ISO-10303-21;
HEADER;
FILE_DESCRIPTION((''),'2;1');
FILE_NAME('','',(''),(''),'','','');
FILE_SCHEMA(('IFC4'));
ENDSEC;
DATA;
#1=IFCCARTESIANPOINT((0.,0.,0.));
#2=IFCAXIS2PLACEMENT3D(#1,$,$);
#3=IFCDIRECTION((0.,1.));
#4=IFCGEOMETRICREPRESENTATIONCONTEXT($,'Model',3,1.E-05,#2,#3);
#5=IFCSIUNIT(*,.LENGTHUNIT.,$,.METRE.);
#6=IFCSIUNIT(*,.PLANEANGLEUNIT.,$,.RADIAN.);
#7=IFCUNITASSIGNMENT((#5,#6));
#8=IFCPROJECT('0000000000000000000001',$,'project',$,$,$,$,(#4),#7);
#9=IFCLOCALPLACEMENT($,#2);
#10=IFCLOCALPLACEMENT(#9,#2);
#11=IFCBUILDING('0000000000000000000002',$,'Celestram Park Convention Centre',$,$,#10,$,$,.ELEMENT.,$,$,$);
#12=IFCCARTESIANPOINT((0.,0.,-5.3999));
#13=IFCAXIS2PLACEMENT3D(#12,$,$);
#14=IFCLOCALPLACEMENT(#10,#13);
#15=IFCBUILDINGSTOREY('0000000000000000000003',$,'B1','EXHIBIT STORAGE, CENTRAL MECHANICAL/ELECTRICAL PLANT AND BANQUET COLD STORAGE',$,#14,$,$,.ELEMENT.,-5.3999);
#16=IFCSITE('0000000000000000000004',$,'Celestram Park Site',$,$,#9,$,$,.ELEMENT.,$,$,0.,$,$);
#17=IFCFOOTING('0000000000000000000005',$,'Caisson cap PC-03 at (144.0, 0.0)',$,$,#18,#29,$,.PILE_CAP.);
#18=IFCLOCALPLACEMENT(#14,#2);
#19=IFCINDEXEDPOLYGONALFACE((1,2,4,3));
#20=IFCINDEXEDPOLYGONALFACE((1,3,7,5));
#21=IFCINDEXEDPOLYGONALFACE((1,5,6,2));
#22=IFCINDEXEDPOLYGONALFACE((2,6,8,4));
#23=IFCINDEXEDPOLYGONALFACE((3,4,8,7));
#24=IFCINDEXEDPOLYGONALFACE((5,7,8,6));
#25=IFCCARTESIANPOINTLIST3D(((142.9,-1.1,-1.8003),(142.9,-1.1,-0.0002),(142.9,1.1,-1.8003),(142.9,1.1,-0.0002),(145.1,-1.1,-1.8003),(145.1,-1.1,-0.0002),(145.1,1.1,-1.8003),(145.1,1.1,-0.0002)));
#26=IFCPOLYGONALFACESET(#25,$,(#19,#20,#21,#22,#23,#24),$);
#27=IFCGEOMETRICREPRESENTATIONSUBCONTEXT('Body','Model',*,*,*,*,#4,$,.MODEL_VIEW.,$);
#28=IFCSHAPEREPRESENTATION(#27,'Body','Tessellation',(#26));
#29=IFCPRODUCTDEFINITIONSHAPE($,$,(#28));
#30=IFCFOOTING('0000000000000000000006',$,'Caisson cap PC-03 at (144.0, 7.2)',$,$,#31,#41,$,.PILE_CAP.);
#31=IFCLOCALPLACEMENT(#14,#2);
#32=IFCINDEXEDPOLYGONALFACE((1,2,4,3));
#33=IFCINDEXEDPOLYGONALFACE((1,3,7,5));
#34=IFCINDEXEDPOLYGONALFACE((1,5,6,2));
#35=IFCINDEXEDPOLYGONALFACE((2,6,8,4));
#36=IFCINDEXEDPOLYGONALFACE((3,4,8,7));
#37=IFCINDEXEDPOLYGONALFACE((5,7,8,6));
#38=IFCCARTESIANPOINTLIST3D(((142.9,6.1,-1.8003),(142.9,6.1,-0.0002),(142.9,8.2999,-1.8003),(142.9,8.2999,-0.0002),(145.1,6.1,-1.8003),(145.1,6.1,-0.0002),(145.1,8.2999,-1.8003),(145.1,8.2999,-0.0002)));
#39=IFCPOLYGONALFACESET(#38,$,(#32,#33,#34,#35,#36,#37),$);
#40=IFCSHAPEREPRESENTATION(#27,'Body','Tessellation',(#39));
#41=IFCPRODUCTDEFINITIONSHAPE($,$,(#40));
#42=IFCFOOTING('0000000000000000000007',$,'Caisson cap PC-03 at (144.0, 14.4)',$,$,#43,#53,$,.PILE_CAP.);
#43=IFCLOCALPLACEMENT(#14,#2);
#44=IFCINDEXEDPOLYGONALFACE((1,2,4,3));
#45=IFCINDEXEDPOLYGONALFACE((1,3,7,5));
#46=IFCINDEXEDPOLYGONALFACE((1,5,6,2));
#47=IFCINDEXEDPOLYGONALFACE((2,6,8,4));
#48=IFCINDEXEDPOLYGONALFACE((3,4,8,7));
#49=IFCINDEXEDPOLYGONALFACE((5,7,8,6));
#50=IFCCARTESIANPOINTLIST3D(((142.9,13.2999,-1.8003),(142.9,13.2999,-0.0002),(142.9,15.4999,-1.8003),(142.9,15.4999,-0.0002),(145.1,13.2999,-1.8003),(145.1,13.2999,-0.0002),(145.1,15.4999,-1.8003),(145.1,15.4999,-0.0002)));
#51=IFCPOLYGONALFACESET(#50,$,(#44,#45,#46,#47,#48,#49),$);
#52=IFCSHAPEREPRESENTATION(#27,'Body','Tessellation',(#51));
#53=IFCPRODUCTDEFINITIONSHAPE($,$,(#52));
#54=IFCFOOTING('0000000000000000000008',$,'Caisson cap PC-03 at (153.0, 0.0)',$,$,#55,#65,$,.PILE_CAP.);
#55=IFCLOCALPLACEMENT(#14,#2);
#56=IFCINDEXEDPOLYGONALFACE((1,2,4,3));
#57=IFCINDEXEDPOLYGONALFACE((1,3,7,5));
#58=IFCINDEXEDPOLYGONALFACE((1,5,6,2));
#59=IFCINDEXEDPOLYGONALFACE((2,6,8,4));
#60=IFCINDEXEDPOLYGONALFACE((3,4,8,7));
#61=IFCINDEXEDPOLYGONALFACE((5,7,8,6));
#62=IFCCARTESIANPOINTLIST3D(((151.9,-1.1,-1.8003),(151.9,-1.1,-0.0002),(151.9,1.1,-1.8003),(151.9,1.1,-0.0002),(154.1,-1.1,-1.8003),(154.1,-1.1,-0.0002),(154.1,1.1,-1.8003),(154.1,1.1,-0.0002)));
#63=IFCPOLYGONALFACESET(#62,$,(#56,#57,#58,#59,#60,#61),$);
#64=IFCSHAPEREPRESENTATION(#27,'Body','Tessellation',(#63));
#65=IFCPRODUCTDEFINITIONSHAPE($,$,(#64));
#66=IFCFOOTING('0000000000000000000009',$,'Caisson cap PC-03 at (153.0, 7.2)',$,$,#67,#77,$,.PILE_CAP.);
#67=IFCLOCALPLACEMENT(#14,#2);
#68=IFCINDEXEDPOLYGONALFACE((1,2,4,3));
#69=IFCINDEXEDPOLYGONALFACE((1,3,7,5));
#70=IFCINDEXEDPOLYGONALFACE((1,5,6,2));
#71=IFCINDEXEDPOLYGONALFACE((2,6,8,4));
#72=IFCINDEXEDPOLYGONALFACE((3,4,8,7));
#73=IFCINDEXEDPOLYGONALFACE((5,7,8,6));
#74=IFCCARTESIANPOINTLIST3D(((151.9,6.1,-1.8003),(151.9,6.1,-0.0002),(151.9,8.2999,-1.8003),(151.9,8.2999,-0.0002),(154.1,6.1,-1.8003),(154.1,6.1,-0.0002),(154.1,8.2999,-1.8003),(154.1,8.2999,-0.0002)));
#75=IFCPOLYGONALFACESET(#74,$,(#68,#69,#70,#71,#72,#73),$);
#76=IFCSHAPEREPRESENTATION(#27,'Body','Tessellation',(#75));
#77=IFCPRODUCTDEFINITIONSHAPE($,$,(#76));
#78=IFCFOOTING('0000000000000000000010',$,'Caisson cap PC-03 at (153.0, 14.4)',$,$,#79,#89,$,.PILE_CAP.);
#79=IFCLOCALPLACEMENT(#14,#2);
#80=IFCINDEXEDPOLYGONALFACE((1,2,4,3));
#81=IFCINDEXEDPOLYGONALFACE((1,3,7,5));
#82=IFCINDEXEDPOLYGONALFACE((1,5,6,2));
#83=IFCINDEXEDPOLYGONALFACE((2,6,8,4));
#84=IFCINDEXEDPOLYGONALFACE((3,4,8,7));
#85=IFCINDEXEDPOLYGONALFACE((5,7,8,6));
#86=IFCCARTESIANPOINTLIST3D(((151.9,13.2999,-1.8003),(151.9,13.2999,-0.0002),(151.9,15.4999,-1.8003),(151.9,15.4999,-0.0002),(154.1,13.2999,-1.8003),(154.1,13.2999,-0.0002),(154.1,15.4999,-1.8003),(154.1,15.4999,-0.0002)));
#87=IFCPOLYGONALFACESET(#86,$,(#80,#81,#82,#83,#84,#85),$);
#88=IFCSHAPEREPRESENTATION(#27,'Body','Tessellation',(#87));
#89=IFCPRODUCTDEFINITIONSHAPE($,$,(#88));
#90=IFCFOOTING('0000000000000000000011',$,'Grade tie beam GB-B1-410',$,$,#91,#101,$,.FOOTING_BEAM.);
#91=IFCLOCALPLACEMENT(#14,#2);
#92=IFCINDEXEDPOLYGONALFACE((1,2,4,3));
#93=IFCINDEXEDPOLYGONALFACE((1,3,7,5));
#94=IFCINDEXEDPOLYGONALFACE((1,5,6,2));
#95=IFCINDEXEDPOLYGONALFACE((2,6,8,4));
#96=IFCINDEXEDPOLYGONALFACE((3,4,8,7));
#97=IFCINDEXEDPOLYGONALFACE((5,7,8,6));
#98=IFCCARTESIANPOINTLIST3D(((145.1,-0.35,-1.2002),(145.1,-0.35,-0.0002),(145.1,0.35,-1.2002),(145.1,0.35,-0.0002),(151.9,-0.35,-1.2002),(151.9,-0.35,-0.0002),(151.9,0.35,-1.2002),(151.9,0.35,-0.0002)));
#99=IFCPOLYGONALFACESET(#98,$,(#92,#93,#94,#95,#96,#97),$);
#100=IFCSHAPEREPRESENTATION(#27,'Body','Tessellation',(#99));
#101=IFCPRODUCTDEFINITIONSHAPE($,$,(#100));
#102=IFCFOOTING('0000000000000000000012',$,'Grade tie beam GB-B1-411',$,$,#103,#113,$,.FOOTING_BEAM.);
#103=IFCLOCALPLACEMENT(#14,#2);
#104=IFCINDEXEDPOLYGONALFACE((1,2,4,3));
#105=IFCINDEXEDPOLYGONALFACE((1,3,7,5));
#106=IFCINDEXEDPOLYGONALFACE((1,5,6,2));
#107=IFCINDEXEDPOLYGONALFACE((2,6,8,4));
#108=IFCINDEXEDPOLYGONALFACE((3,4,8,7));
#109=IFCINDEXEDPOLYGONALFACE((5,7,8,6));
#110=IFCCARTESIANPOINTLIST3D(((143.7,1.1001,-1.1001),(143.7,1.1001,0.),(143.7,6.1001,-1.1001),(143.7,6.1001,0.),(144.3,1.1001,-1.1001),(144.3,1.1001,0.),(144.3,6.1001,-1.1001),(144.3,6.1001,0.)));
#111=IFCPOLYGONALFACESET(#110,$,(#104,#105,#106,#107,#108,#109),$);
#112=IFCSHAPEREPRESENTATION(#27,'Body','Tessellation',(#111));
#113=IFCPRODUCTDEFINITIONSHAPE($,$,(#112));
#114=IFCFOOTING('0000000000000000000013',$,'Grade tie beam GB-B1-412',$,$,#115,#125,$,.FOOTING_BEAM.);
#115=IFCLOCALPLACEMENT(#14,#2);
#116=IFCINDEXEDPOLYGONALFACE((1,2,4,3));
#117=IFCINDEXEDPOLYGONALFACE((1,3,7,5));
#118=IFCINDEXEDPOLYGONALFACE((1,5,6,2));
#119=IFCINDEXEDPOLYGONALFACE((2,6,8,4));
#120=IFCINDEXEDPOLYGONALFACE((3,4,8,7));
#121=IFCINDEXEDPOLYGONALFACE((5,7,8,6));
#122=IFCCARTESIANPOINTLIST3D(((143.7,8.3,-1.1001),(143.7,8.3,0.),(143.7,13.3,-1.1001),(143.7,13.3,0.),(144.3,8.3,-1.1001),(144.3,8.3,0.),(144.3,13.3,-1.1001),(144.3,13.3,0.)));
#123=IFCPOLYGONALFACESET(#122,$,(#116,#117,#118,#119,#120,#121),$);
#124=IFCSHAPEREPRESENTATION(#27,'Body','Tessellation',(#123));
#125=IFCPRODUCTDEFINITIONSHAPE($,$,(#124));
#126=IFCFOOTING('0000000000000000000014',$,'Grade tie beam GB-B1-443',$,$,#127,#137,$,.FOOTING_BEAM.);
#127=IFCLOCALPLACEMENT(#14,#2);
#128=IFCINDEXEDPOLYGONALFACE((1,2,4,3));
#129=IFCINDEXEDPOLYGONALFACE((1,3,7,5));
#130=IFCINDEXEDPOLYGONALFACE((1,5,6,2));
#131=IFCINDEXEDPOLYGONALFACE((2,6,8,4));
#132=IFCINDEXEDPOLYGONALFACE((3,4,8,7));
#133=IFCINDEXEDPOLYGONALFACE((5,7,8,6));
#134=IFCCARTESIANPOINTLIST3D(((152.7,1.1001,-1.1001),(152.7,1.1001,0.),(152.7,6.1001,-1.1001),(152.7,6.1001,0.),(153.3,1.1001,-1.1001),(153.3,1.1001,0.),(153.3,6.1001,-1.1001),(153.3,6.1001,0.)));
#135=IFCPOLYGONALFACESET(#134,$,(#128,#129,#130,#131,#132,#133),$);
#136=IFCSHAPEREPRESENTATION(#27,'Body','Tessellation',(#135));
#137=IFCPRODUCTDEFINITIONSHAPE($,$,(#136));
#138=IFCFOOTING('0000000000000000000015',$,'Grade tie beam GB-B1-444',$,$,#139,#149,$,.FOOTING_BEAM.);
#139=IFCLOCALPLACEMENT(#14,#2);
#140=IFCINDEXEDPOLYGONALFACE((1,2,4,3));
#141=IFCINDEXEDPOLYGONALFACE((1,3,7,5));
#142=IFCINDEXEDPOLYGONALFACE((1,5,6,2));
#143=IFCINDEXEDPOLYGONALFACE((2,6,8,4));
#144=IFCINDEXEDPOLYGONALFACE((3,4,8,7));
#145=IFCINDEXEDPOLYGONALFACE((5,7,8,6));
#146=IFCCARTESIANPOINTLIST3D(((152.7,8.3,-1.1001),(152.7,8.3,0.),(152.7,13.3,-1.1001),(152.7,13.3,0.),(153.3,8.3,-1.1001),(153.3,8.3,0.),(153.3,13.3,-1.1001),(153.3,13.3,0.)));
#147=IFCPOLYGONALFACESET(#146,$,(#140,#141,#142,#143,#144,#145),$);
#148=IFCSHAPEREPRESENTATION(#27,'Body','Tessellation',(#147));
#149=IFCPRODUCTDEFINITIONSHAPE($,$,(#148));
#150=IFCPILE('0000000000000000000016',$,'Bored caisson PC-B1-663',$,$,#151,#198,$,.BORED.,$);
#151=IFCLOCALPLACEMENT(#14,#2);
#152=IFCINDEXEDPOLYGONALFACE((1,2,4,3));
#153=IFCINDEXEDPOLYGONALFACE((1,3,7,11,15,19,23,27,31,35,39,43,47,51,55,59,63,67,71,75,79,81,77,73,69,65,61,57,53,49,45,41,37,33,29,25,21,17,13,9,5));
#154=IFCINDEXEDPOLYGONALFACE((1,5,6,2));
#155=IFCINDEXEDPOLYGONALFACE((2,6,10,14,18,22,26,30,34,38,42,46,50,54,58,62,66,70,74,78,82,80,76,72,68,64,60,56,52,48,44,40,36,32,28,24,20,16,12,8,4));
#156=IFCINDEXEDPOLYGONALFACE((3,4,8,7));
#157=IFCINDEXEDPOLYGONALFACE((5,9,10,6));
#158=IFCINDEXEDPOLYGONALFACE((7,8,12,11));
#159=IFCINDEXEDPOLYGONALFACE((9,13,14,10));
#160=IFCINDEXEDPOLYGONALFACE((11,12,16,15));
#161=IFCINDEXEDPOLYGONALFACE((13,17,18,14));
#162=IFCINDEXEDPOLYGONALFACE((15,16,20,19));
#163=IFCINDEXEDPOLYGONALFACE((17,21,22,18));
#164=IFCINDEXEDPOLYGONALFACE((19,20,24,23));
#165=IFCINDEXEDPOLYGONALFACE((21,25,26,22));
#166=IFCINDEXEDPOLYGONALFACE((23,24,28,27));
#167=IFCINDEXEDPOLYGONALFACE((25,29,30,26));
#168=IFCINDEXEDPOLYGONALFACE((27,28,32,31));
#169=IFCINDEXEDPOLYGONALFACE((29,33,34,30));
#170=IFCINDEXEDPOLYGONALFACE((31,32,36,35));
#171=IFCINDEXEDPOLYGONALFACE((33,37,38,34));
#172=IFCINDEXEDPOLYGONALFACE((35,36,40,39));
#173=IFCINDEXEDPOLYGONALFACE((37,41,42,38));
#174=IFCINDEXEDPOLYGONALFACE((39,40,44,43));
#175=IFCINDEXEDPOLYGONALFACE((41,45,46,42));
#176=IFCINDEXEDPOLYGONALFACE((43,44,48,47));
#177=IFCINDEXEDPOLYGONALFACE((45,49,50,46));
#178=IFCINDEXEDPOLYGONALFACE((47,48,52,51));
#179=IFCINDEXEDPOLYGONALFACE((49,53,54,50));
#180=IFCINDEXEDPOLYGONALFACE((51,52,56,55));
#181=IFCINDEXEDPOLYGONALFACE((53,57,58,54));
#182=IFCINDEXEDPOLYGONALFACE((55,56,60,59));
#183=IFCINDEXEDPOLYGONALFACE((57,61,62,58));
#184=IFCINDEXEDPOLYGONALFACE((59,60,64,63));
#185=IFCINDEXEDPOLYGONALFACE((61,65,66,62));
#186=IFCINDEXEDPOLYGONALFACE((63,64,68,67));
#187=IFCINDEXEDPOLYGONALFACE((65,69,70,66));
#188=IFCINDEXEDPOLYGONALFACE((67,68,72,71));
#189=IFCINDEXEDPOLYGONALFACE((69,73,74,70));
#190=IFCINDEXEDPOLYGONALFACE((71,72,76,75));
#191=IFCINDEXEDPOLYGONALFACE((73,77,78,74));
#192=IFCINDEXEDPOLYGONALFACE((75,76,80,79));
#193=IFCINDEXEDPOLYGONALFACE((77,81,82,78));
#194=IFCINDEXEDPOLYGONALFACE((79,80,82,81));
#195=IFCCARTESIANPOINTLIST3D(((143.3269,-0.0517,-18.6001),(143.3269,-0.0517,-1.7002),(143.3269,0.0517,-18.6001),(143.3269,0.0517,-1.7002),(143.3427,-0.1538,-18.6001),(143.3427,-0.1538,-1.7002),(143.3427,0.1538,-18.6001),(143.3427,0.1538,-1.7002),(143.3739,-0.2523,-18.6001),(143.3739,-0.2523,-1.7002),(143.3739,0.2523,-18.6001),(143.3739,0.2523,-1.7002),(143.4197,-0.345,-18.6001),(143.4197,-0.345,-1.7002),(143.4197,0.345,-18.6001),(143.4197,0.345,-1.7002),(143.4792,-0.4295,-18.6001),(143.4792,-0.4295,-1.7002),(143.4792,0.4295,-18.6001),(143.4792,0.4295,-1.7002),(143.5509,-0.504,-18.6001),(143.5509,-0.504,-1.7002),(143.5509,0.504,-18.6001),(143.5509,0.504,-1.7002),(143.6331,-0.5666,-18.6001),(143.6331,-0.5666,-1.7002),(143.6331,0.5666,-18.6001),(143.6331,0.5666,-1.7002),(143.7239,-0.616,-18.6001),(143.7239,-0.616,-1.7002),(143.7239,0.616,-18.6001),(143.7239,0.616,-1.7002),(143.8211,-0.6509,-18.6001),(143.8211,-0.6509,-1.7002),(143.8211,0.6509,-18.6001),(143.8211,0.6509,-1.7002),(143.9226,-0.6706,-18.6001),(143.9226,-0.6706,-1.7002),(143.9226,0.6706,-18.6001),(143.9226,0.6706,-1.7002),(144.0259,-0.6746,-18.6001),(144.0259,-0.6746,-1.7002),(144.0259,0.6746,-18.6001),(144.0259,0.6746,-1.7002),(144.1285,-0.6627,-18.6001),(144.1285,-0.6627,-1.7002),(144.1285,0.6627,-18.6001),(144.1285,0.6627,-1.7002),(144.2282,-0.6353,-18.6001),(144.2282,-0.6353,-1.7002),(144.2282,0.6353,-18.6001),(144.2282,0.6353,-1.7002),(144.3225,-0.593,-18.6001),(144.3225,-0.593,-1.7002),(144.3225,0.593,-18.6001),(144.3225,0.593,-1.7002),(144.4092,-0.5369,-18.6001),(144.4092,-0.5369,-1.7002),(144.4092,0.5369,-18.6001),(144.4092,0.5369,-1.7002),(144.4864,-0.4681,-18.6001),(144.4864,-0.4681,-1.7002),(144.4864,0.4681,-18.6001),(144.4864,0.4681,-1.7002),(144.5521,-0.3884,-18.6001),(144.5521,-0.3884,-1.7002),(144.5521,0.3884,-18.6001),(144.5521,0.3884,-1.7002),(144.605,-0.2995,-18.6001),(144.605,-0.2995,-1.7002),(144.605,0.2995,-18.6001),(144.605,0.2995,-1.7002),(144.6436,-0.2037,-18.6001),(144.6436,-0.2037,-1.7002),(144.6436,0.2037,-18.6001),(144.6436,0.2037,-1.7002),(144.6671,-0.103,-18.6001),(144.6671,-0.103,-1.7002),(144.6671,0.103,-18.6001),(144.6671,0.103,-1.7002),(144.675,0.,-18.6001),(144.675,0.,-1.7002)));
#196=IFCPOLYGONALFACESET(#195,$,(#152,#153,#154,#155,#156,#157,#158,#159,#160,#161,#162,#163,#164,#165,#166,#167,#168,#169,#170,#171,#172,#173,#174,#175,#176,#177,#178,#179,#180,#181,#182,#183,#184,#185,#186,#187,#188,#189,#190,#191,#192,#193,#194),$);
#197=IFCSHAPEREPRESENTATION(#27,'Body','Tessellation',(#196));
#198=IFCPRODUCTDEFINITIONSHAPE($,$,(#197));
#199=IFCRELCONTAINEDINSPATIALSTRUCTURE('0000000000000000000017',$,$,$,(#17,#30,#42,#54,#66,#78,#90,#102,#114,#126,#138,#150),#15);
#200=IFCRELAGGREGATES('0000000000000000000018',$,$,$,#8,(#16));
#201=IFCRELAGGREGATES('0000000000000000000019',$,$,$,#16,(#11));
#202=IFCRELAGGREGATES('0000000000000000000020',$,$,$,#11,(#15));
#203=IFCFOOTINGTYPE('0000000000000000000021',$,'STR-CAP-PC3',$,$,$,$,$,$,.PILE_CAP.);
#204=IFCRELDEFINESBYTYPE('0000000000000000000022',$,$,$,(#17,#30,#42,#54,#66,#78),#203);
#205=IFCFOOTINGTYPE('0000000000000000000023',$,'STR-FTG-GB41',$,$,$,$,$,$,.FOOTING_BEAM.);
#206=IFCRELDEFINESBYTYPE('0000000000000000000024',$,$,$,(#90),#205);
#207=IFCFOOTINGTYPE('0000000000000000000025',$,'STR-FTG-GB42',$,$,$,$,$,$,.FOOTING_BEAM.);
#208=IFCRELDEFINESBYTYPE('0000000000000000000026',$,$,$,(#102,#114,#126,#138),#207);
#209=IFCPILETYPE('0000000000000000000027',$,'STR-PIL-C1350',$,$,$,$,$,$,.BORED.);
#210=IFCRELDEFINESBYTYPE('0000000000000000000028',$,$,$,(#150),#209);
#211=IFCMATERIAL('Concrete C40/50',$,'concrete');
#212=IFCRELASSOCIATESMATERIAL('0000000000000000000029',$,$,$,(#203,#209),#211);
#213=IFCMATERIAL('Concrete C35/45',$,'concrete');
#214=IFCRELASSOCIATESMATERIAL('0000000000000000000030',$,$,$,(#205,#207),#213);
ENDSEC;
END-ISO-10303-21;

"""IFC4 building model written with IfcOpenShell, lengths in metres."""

from ifc_helpers import new_model, si_unit, direction, frame, origin, origin_2d, place, context, subcontext, project, spatial, rectangle, circle, extrude, material, material_profile, profile_set, type_object, element, save


model = new_model("IFC4")

# Units and contexts
model_context = context("Model", 3, precision=1e-05, world=origin(), true_north=direction((0.0, 1.0)))
body_context = subcontext(model_context, "Body", "Model", "MODEL_VIEW")
ifc_project = project(units=[si_unit("LENGTHUNIT", "METRE"), si_unit("PLANEANGLEUNIT", "RADIAN")], contexts=[model_context])

# Site, building, storey
site_placement = place(None, origin())
site = spatial("IfcSite", under=ifc_project, at=site_placement, Name="Celestram Park Site", CompositionType="ELEMENT", RefElevation=0.0)
building_placement = place(site_placement, origin())
building = spatial("IfcBuilding", under=site, at=building_placement, Name="Celestram Park Convention Centre", CompositionType="ELEMENT")
storey_placement = place(building_placement, frame((0.0, 0.0, -5.3999)))
storey = spatial("IfcBuildingStorey", under=building, at=storey_placement, Name="B1", Description="EXHIBIT STORAGE, CENTRAL MECHANICAL/ELECTRICAL PLANT AND BANQUET COLD STORAGE", CompositionType="ELEMENT", Elevation=-5.3999)

# Footings
ifc_material_1 = material(Name="Concrete C40/50", Category="concrete")
footing_type_1 = type_object("IfcFootingType", Name="STR-CAP-PC3", PredefinedType="PILE_CAP", material=ifc_material_1)
for number, where, z_axis, x_axis, name in (
    (1, (144.0, 0.0, -1.8003), (0.0, 0.0, 1.0), (1.0, 0.0, 0.0), "Caisson cap PC-03 at (144.0, 0.0)"),
    (2, (144.0, 7.2, -1.8003), (0.0, 0.0, 1.0), (1.0, 0.0, 0.0), "Caisson cap PC-03 at (144.0, 7.2)"),
    (3, (144.0, 14.3999, -1.8003), (0.0, 0.0, 1.0), (1.0, 0.0, 0.0), "Caisson cap PC-03 at (144.0, 14.4)"),
    (4, (153.0, 0.0, -1.8003), (0.0, 0.0, 1.0), (1.0, 0.0, 0.0), "Caisson cap PC-03 at (153.0, 0.0)"),
    (5, (153.0, 7.2, -1.8003), (0.0, 0.0, 1.0), (1.0, 0.0, 0.0), "Caisson cap PC-03 at (153.0, 7.2)"),
    (6, (153.0, 14.3999, -1.8003), (0.0, 0.0, 1.0), (1.0, 0.0, 0.0), "Caisson cap PC-03 at (153.0, 14.4)"),
):
    element("IfcFooting", number, at=place(storey_placement, frame(where, z_axis=z_axis, x_axis=x_axis)), inside=storey, type_object=footing_type_1, Name=name, PredefinedType="PILE_CAP", context=body_context, shape_type="SweptSolid", body=[
        extrude(rectangle(XDim=2.2, YDim=2.2, at=origin_2d()), origin(), (0.0, 0.0, 1.0), 1.8),
    ])
ifc_material_2 = material(Name="Concrete C35/45", Category="concrete")
footing_type_2 = type_object("IfcFootingType", Name="STR-FTG-GB41", PredefinedType="FOOTING_BEAM", material=ifc_material_2)
footing_placement = place(storey_placement, frame((148.5, 0.0, -1.2002), z_axis=(0.0, 0.0, 1.0), x_axis=(1.0, 0.0, 0.0)))
element("IfcFooting", 7, at=footing_placement, inside=storey, type_object=footing_type_2, Name="Grade tie beam GB-B1-410", PredefinedType="FOOTING_BEAM", context=body_context, shape_type="SweptSolid", body=[
    extrude(rectangle(XDim=6.8, YDim=0.7, at=origin_2d()), origin(), (0.0, 0.0, 1.0), 1.2),
])
footing_type_3 = type_object("IfcFootingType", Name="STR-FTG-GB42", PredefinedType="FOOTING_BEAM", material=ifc_material_2)
for number, where, z_axis, x_axis, name in (
    (8, (144.0, 3.6001, -1.1001), (0.0, 0.0, 1.0), (0.0, 1.0, 0.0), "Grade tie beam GB-B1-411"),
    (9, (144.0, 10.8, -1.1001), (0.0, 0.0, 1.0), (0.0, 1.0, 0.0), "Grade tie beam GB-B1-412"),
    (10, (153.0, 3.6001, -1.1001), (0.0, 0.0, 1.0), (0.0, 1.0, 0.0), "Grade tie beam GB-B1-443"),
    (11, (153.0, 10.8, -1.1001), (0.0, 0.0, 1.0), (0.0, 1.0, 0.0), "Grade tie beam GB-B1-444"),
):
    element("IfcFooting", number, at=place(storey_placement, frame(where, z_axis=z_axis, x_axis=x_axis)), inside=storey, type_object=footing_type_3, Name=name, PredefinedType="FOOTING_BEAM", context=body_context, shape_type="SweptSolid", body=[
        extrude(rectangle(XDim=5.0, YDim=0.6001, at=origin_2d()), origin(), (0.0, 0.0, 1.0), 1.1001),
    ])

# Pile
ifc_material_profile_1 = material_profile(ifc_material_1, circle(Radius=0.675, at=origin_2d()), Name="CAISSON1350")
ifc_profile_set_1 = profile_set([ifc_material_profile_1], Name="Concrete C40/50")
pile_type = type_object("IfcPileType", Name="STR-PIL-C1350", PredefinedType="BORED", material=ifc_profile_set_1)
for number, where, z_axis, x_axis, name in (
    (12, (144.0, 0.0, -1.7002), (0.0, 0.0, -1.0), (1.0, 0.0, 0.0), "Bored caisson PC-B1-663"),
):
    element("IfcPile", number, at=place(storey_placement, frame(where, z_axis=z_axis, x_axis=x_axis)), inside=storey, type_object=pile_type, Name=name, PredefinedType="BORED", context=body_context, shape_type="SweptSolid", body=[
        extrude(circle(Radius=0.675, at=origin_2d()), origin(), (0.0, 0.0, 1.0), 16.8999),
    ])

save(model, "model.ifc")
